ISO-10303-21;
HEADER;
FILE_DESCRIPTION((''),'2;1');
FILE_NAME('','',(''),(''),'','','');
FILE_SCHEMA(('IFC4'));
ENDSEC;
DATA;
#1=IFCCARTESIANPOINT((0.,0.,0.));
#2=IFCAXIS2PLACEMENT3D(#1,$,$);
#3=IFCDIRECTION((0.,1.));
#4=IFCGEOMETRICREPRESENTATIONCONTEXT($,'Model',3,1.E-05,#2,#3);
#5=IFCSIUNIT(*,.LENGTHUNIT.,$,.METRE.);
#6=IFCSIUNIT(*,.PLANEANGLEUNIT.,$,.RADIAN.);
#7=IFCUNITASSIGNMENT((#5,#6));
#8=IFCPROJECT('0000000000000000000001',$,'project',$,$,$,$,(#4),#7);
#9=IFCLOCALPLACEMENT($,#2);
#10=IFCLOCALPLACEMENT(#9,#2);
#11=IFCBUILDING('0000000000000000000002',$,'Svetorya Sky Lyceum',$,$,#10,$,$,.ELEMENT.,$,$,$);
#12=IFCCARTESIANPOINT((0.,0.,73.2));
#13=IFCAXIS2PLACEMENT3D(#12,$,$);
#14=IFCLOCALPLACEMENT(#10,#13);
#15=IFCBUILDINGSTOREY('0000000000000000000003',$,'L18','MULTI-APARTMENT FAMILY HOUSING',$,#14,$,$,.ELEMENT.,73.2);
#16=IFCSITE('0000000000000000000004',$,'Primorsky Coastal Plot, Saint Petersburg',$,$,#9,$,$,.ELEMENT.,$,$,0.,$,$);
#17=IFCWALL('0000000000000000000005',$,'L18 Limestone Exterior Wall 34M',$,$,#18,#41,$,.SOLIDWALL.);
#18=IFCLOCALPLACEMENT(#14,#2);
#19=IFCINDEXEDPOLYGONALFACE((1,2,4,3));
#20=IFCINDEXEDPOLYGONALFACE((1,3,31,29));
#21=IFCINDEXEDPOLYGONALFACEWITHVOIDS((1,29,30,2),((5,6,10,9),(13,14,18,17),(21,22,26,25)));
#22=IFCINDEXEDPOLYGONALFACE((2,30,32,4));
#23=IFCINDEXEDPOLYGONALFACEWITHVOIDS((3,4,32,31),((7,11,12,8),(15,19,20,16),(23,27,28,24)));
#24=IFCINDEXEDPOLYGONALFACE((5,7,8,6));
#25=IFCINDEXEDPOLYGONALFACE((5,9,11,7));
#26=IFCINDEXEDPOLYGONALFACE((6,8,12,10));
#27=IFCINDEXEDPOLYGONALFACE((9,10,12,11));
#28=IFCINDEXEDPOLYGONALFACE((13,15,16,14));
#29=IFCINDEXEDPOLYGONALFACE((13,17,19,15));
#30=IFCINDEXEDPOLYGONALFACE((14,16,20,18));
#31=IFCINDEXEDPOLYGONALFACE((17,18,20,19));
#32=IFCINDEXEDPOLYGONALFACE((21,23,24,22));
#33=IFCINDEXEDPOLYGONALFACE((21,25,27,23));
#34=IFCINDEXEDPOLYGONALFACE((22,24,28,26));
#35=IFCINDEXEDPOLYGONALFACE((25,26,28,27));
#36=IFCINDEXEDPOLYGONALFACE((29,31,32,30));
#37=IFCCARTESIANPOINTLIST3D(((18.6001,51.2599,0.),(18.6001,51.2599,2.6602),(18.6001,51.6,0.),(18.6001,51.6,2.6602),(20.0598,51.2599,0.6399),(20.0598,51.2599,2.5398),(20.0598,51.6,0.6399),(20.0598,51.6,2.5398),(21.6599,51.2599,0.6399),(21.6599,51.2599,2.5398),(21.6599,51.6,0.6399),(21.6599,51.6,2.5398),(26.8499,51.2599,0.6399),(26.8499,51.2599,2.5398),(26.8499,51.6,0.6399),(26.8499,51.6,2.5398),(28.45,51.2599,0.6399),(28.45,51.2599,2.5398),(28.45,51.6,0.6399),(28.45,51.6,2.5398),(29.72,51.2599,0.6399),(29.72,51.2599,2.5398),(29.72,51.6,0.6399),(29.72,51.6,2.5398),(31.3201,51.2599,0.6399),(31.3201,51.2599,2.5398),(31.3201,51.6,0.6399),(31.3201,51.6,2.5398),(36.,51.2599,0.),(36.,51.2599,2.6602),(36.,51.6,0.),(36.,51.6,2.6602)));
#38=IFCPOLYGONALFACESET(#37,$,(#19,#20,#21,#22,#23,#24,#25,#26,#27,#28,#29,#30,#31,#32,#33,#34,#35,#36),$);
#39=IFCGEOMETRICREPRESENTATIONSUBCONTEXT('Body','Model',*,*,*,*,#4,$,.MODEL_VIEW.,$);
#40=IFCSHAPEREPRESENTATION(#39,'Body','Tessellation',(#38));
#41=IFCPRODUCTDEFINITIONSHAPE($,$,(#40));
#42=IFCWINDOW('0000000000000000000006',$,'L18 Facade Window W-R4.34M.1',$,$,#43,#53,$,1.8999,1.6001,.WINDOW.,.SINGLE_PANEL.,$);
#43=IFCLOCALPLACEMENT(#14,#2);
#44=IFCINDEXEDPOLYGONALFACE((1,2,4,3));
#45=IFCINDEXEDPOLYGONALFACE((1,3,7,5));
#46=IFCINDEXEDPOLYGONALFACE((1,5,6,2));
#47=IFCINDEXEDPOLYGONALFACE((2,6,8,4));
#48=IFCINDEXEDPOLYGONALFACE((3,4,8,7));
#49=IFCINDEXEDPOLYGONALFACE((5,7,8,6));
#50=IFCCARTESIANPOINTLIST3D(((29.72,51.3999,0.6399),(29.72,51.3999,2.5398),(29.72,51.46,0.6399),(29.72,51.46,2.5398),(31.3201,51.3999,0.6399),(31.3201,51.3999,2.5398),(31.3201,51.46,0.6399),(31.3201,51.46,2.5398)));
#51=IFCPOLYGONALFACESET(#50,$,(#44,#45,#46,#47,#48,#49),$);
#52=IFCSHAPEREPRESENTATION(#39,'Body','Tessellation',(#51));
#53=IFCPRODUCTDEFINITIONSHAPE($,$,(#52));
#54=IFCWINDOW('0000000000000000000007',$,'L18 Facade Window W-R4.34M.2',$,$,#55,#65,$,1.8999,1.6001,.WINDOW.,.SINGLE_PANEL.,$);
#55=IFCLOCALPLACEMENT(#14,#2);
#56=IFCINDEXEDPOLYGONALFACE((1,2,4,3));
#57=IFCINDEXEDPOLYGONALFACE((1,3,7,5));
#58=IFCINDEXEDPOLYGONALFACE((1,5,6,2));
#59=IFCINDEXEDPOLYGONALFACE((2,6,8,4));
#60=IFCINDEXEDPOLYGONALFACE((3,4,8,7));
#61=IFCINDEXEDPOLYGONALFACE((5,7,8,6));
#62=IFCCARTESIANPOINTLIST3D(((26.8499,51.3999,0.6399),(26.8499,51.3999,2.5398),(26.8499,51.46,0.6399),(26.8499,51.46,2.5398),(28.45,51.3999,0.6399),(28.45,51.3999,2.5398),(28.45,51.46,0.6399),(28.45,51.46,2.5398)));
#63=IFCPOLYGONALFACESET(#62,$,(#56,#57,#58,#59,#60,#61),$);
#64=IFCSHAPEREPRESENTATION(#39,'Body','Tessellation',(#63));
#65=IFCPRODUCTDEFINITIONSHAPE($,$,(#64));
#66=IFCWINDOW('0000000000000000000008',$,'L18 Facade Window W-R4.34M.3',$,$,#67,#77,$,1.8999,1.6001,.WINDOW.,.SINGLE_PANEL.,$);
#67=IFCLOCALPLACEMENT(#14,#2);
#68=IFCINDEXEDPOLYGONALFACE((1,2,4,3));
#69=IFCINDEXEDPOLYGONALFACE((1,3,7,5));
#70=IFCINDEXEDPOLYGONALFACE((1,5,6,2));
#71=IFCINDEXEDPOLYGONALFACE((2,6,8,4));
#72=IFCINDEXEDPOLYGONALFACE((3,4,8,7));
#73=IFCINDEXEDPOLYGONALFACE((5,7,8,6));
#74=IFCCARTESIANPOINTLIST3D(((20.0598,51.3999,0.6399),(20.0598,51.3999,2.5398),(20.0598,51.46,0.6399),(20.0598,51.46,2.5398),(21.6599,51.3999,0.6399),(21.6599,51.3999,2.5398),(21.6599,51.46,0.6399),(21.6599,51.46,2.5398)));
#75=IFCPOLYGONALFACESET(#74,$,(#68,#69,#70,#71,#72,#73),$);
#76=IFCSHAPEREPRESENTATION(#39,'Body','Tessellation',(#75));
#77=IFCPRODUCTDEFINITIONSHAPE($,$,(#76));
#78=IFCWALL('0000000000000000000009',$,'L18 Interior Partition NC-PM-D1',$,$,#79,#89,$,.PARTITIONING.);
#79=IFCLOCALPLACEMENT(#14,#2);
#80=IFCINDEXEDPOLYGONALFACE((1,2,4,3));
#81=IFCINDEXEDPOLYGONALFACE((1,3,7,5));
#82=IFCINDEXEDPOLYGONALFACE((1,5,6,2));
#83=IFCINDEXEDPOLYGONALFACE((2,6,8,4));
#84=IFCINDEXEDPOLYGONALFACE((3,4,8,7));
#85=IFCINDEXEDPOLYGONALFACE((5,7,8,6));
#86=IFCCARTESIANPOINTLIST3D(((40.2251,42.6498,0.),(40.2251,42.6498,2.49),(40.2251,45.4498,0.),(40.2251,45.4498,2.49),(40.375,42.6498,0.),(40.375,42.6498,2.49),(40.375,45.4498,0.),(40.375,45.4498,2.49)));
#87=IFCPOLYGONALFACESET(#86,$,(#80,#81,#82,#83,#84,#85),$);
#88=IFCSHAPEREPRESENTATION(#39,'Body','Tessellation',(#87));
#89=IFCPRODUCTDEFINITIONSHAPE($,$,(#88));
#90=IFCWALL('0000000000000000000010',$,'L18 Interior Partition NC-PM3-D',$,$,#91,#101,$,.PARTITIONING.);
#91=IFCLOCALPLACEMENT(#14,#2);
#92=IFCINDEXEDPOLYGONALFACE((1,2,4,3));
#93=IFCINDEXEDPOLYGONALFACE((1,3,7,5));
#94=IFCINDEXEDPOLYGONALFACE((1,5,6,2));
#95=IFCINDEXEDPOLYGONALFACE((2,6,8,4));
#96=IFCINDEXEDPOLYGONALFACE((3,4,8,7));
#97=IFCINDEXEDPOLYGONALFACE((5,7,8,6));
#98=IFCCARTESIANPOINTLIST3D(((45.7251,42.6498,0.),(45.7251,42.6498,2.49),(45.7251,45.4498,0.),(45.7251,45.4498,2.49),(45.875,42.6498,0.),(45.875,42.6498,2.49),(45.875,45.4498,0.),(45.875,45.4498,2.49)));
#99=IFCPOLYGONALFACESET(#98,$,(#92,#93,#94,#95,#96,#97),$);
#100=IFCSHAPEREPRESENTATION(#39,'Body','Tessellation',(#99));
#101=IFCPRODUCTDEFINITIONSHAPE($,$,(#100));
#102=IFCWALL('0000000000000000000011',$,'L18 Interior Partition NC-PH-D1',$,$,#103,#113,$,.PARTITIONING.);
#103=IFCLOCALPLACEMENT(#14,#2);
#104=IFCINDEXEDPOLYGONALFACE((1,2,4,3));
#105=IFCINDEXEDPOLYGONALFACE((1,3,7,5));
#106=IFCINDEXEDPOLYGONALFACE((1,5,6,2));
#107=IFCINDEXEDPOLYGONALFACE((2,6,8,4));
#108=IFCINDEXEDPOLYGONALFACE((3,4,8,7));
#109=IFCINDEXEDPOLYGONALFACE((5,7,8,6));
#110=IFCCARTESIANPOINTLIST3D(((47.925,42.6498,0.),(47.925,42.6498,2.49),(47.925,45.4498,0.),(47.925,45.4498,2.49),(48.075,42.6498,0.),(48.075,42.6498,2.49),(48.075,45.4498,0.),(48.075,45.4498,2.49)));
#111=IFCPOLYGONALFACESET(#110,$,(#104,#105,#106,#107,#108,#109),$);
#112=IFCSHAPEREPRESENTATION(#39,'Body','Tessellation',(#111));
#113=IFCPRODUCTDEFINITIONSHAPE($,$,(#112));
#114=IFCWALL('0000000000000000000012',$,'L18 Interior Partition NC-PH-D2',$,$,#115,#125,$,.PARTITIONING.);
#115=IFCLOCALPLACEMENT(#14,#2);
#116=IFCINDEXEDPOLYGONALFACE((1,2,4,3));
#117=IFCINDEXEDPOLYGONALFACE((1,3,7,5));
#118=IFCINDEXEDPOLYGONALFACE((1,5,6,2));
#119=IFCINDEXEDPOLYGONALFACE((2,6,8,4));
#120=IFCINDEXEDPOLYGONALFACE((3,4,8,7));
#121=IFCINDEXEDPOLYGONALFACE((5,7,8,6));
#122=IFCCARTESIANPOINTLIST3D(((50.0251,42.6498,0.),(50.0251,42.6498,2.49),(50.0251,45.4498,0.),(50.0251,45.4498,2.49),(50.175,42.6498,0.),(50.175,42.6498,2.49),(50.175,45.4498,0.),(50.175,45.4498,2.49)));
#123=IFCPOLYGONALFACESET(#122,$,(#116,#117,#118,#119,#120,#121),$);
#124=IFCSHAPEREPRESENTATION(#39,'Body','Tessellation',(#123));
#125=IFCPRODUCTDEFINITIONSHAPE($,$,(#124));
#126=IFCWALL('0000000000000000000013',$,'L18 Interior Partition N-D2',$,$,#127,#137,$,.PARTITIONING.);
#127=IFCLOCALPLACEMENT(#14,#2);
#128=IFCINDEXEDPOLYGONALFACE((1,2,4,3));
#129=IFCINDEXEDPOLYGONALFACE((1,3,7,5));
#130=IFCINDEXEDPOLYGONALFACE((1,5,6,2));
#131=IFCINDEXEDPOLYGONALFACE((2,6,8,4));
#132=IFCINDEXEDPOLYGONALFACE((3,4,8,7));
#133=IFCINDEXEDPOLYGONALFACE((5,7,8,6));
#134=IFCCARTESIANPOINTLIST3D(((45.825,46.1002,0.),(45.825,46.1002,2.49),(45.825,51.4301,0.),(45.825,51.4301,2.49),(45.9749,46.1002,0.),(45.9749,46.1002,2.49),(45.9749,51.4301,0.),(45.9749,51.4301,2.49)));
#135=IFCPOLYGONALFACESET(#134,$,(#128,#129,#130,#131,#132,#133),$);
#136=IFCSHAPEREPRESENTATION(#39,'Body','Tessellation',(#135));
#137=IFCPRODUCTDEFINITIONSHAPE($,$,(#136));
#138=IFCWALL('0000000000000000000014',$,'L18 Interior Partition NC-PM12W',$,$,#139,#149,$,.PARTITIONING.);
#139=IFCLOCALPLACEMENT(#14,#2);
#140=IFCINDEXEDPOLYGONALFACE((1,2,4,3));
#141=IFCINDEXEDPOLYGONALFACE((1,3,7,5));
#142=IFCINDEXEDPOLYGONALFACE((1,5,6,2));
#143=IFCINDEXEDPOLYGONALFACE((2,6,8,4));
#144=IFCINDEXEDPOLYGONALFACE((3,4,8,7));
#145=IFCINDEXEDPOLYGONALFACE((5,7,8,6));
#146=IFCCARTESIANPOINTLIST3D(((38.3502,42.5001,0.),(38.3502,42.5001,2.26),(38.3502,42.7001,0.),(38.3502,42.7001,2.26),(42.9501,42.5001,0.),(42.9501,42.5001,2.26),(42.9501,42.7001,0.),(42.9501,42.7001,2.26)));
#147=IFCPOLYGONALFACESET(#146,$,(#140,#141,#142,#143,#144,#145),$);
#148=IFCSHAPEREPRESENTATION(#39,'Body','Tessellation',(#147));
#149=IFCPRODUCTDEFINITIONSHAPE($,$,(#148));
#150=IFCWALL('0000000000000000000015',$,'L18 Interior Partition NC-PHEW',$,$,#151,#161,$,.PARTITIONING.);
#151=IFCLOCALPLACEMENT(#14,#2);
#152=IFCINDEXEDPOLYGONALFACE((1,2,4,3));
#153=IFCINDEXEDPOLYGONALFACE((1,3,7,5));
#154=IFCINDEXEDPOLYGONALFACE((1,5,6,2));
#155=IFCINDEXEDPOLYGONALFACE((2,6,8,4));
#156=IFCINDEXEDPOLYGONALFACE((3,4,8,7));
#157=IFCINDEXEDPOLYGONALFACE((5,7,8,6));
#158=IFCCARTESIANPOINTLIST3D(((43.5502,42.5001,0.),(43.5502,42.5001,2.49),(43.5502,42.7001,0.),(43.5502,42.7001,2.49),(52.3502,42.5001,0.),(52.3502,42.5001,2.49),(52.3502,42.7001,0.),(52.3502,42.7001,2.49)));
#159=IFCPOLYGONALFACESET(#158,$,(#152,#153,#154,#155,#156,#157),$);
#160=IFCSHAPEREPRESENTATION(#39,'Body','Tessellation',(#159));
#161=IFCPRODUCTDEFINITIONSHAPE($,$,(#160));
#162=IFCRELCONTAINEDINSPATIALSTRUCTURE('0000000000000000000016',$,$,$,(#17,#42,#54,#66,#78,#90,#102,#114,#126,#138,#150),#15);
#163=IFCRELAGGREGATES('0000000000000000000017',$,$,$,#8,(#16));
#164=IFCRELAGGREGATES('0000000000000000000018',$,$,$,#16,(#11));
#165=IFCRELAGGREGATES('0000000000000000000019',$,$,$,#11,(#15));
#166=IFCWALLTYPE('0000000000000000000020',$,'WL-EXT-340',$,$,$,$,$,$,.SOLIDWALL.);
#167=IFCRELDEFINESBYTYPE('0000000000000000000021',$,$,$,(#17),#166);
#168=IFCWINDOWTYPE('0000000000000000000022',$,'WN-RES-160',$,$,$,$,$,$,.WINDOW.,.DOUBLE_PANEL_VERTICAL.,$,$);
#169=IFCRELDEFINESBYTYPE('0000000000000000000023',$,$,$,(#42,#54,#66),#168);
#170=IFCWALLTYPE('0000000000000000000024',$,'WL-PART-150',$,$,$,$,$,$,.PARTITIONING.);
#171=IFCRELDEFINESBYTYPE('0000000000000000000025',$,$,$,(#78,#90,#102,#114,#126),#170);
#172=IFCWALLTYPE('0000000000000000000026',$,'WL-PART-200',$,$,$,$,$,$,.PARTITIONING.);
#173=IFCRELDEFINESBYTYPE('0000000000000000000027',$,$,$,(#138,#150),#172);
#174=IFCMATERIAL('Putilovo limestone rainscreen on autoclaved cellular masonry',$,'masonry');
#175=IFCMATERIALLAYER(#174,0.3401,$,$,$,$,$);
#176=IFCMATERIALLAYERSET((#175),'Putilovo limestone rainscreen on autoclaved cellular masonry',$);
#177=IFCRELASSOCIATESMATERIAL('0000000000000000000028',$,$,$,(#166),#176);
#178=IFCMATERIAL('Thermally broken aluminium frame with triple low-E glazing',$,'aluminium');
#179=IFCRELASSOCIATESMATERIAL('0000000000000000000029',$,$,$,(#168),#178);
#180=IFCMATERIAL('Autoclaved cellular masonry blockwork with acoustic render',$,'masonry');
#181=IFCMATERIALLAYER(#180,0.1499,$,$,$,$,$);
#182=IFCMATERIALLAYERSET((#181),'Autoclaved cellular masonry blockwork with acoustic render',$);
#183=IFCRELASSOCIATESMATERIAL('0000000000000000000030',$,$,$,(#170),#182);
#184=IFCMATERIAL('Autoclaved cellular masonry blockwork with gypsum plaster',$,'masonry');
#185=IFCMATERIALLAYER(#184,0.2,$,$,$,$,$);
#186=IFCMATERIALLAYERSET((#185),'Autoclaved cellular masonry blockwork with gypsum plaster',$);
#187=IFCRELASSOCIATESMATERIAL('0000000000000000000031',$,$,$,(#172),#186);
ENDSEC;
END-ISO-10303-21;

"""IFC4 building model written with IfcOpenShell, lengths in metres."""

from ifc_helpers import new_model, si_unit, direction, frame, frame_2d, origin, place, context, subcontext, project, spatial, rectangle, extrude, material, layer, layer_set, type_object, element, fill, save


model = new_model("IFC4")

# Units and contexts
model_context = context("Model", 3, precision=1e-05, world=origin(), true_north=direction((0.0, 1.0)))
body_context = subcontext(model_context, "Body", "Model", "MODEL_VIEW")
ifc_project = project(units=[si_unit("LENGTHUNIT", "METRE"), si_unit("PLANEANGLEUNIT", "RADIAN")], contexts=[model_context])

# Site, building, storey
site_placement = place(None, origin())
site = spatial("IfcSite", under=ifc_project, at=site_placement, Name="Primorsky Coastal Plot, Saint Petersburg", CompositionType="ELEMENT", RefElevation=0.0)
building_placement = place(site_placement, origin())
building = spatial("IfcBuilding", under=site, at=building_placement, Name="Svetorya Sky Lyceum", CompositionType="ELEMENT")
storey_placement = place(building_placement, frame((0.0, 0.0, 73.2)))
storey = spatial("IfcBuildingStorey", under=building, at=storey_placement, Name="L18", Description="MULTI-APARTMENT FAMILY HOUSING", CompositionType="ELEMENT", Elevation=73.2)

# Shared definitions
ifc_material_1 = material(Name="Putilovo limestone rainscreen on autoclaved cellular masonry", Category="masonry")
ifc_layer_1 = layer(ifc_material_1, 0.3401)
ifc_layer_set_1 = layer_set([ifc_layer_1], Name="Putilovo limestone rainscreen on autoclaved cellular masonry")
wall_type_1 = type_object("IfcWallType", Name="WL-EXT-340", PredefinedType="SOLIDWALL", material=ifc_layer_set_1)

# Wall, openings, windows
wall_1_placement = place(storey_placement, frame((36.0, 51.4299, 0.0), z_axis=(0.0, 0.0, 1.0), x_axis=(-1.0, 0.0, 0.0)))
wall_1 = element("IfcWall", 1, at=wall_1_placement, inside=storey, type_object=wall_type_1, Name="L18 Limestone Exterior Wall 34M", PredefinedType="SOLIDWALL", context=body_context, shape_type="SweptSolid", body=[
    extrude(rectangle(XDim=17.3999, YDim=0.3401, at=frame_2d((8.7, 0.0))), origin(), (0.0, 0.0, 1.0), 2.6602),
])
opening_1_placement = place(wall_1_placement, frame((4.6799, 0.0, 0.6399)))
opening_1 = element("IfcOpeningElement", 2, at=opening_1_placement, cuts=wall_1, PredefinedType="OPENING", context=body_context, shape_type="SweptSolid", body=[
    extrude(rectangle(XDim=1.6001, YDim=1.8999, at=frame_2d((0.8, 0.95))), frame((0.0, 0.1799, 0.0), z_axis=(0.0, -1.0, 0.0), x_axis=(1.0, 0.0, 0.0)), (0.0, 0.0, 1.0), 0.3601),
])
opening_2_placement = place(wall_1_placement, frame((7.55, 0.0, 0.6399)))
opening_2 = element("IfcOpeningElement", 3, at=opening_2_placement, cuts=wall_1, PredefinedType="OPENING", context=body_context, shape_type="SweptSolid", body=[
    extrude(rectangle(XDim=1.6001, YDim=1.8999, at=frame_2d((0.8, 0.95))), frame((0.0, 0.1799, 0.0), z_axis=(0.0, -1.0, 0.0), x_axis=(1.0, 0.0, 0.0)), (0.0, 0.0, 1.0), 0.3601),
])
opening_3_placement = place(wall_1_placement, frame((14.3401, 0.0, 0.6399)))
opening_3 = element("IfcOpeningElement", 4, at=opening_3_placement, cuts=wall_1, PredefinedType="OPENING", context=body_context, shape_type="SweptSolid", body=[
    extrude(rectangle(XDim=1.6001, YDim=1.8999, at=frame_2d((0.8, 0.95))), frame((0.0, 0.1799, 0.0), z_axis=(0.0, -1.0, 0.0), x_axis=(1.0, 0.0, 0.0)), (0.0, 0.0, 1.0), 0.3601),
])
ifc_material_2 = material(Name="Thermally broken aluminium frame with triple low-E glazing", Category="aluminium")
window_type = type_object("IfcWindowType", Name="WN-RES-160", PartitioningType="DOUBLE_PANEL_VERTICAL", PredefinedType="WINDOW", material=ifc_material_2)
window_1_placement = place(opening_1_placement, origin())
window_1 = element("IfcWindow", 5, at=window_1_placement, inside=storey, type_object=window_type, Name="L18 Facade Window W-R4.34M.1", OverallHeight=1.8999, OverallWidth=1.6001, PartitioningType="SINGLE_PANEL", PredefinedType="WINDOW", context=body_context, shape_type="SweptSolid", body=[
    extrude(rectangle(XDim=1.6001, YDim=1.8999, at=frame_2d((0.8, 0.95))), frame((0.0, 0.03, 0.0), z_axis=(0.0, -1.0, 0.0), x_axis=(1.0, 0.0, 0.0)), (0.0, 0.0, 1.0), 0.0601),
])
fill(opening_1, window_1)
window_2_placement = place(opening_2_placement, origin())
window_2 = element("IfcWindow", 6, at=window_2_placement, inside=storey, type_object=window_type, Name="L18 Facade Window W-R4.34M.2", OverallHeight=1.8999, OverallWidth=1.6001, PartitioningType="SINGLE_PANEL", PredefinedType="WINDOW", context=body_context, shape_type="SweptSolid", body=[
    extrude(rectangle(XDim=1.6001, YDim=1.8999, at=frame_2d((0.8, 0.95))), frame((0.0, 0.03, 0.0), z_axis=(0.0, -1.0, 0.0), x_axis=(1.0, 0.0, 0.0)), (0.0, 0.0, 1.0), 0.0601),
])
fill(opening_2, window_2)
window_3_placement = place(opening_3_placement, origin())
window_3 = element("IfcWindow", 7, at=window_3_placement, inside=storey, type_object=window_type, Name="L18 Facade Window W-R4.34M.3", OverallHeight=1.8999, OverallWidth=1.6001, PartitioningType="SINGLE_PANEL", PredefinedType="WINDOW", context=body_context, shape_type="SweptSolid", body=[
    extrude(rectangle(XDim=1.6001, YDim=1.8999, at=frame_2d((0.8, 0.95))), frame((0.0, 0.03, 0.0), z_axis=(0.0, -1.0, 0.0), x_axis=(1.0, 0.0, 0.0)), (0.0, 0.0, 1.0), 0.0601),
])
fill(opening_3, window_3)

# Walls
ifc_material_3 = material(Name="Autoclaved cellular masonry blockwork with acoustic render", Category="masonry")
ifc_layer_2 = layer(ifc_material_3, 0.1499)
ifc_layer_set_2 = layer_set([ifc_layer_2], Name="Autoclaved cellular masonry blockwork with acoustic render")
wall_type_2 = type_object("IfcWallType", Name="WL-PART-150", PredefinedType="PARTITIONING", material=ifc_layer_set_2)
for number, where, z_axis, x_axis, name in (
    (8, (40.3, 42.6499, 0.0), (0.0, 0.0, 1.0), (0.0, 1.0, 0.0), "L18 Interior Partition NC-PM-D1"),
    (9, (45.8, 42.6499, 0.0), (0.0, 0.0, 1.0), (0.0, 1.0, 0.0), "L18 Interior Partition NC-PM3-D"),
    (10, (48.0, 42.6499, 0.0), (0.0, 0.0, 1.0), (0.0, 1.0, 0.0), "L18 Interior Partition NC-PH-D1"),
    (11, (50.1001, 42.6499, 0.0), (0.0, 0.0, 1.0), (0.0, 1.0, 0.0), "L18 Interior Partition NC-PH-D2"),
):
    element("IfcWall", number, at=place(storey_placement, frame(where, z_axis=z_axis, x_axis=x_axis)), inside=storey, type_object=wall_type_2, Name=name, PredefinedType="PARTITIONING", context=body_context, shape_type="SweptSolid", body=[
        extrude(rectangle(XDim=2.8, YDim=0.1499, at=frame_2d((1.3999, 0.0))), origin(), (0.0, 0.0, 1.0), 2.49),
    ])
wall_2_placement = place(storey_placement, frame((45.8999, 46.1001, 0.0), z_axis=(0.0, 0.0, 1.0), x_axis=(0.0, 1.0, 0.0)))
element("IfcWall", 12, at=wall_2_placement, inside=storey, type_object=wall_type_2, Name="L18 Interior Partition N-D2", PredefinedType="PARTITIONING", context=body_context, shape_type="SweptSolid", body=[
    extrude(rectangle(XDim=5.3298, YDim=0.1499, at=frame_2d((2.665, 0.0))), origin(), (0.0, 0.0, 1.0), 2.49),
])
ifc_material_4 = material(Name="Autoclaved cellular masonry blockwork with gypsum plaster", Category="masonry")
ifc_layer_3 = layer(ifc_material_4, 0.2)
ifc_layer_set_3 = layer_set([ifc_layer_3], Name="Autoclaved cellular masonry blockwork with gypsum plaster")
wall_type_3 = type_object("IfcWallType", Name="WL-PART-200", PredefinedType="PARTITIONING", material=ifc_layer_set_3)
wall_3_placement = place(storey_placement, frame((42.95, 42.6001, 0.0), z_axis=(0.0, 0.0, 1.0), x_axis=(-1.0, 0.0, 0.0)))
element("IfcWall", 13, at=wall_3_placement, inside=storey, type_object=wall_type_3, Name="L18 Interior Partition NC-PM12W", PredefinedType="PARTITIONING", context=body_context, shape_type="SweptSolid", body=[
    extrude(rectangle(XDim=4.5999, YDim=0.2, at=frame_2d((2.2998, 0.0))), origin(), (0.0, 0.0, 1.0), 2.26),
])
wall_4_placement = place(storey_placement, frame((52.3501, 42.6001, 0.0), z_axis=(0.0, 0.0, 1.0), x_axis=(-1.0, 0.0, 0.0)))
element("IfcWall", 14, at=wall_4_placement, inside=storey, type_object=wall_type_3, Name="L18 Interior Partition NC-PHEW", PredefinedType="PARTITIONING", context=body_context, shape_type="SweptSolid", body=[
    extrude(rectangle(XDim=8.8, YDim=0.2, at=frame_2d((4.3999, 0.0))), origin(), (0.0, 0.0, 1.0), 2.49),
])

save(model, "model.ifc")
